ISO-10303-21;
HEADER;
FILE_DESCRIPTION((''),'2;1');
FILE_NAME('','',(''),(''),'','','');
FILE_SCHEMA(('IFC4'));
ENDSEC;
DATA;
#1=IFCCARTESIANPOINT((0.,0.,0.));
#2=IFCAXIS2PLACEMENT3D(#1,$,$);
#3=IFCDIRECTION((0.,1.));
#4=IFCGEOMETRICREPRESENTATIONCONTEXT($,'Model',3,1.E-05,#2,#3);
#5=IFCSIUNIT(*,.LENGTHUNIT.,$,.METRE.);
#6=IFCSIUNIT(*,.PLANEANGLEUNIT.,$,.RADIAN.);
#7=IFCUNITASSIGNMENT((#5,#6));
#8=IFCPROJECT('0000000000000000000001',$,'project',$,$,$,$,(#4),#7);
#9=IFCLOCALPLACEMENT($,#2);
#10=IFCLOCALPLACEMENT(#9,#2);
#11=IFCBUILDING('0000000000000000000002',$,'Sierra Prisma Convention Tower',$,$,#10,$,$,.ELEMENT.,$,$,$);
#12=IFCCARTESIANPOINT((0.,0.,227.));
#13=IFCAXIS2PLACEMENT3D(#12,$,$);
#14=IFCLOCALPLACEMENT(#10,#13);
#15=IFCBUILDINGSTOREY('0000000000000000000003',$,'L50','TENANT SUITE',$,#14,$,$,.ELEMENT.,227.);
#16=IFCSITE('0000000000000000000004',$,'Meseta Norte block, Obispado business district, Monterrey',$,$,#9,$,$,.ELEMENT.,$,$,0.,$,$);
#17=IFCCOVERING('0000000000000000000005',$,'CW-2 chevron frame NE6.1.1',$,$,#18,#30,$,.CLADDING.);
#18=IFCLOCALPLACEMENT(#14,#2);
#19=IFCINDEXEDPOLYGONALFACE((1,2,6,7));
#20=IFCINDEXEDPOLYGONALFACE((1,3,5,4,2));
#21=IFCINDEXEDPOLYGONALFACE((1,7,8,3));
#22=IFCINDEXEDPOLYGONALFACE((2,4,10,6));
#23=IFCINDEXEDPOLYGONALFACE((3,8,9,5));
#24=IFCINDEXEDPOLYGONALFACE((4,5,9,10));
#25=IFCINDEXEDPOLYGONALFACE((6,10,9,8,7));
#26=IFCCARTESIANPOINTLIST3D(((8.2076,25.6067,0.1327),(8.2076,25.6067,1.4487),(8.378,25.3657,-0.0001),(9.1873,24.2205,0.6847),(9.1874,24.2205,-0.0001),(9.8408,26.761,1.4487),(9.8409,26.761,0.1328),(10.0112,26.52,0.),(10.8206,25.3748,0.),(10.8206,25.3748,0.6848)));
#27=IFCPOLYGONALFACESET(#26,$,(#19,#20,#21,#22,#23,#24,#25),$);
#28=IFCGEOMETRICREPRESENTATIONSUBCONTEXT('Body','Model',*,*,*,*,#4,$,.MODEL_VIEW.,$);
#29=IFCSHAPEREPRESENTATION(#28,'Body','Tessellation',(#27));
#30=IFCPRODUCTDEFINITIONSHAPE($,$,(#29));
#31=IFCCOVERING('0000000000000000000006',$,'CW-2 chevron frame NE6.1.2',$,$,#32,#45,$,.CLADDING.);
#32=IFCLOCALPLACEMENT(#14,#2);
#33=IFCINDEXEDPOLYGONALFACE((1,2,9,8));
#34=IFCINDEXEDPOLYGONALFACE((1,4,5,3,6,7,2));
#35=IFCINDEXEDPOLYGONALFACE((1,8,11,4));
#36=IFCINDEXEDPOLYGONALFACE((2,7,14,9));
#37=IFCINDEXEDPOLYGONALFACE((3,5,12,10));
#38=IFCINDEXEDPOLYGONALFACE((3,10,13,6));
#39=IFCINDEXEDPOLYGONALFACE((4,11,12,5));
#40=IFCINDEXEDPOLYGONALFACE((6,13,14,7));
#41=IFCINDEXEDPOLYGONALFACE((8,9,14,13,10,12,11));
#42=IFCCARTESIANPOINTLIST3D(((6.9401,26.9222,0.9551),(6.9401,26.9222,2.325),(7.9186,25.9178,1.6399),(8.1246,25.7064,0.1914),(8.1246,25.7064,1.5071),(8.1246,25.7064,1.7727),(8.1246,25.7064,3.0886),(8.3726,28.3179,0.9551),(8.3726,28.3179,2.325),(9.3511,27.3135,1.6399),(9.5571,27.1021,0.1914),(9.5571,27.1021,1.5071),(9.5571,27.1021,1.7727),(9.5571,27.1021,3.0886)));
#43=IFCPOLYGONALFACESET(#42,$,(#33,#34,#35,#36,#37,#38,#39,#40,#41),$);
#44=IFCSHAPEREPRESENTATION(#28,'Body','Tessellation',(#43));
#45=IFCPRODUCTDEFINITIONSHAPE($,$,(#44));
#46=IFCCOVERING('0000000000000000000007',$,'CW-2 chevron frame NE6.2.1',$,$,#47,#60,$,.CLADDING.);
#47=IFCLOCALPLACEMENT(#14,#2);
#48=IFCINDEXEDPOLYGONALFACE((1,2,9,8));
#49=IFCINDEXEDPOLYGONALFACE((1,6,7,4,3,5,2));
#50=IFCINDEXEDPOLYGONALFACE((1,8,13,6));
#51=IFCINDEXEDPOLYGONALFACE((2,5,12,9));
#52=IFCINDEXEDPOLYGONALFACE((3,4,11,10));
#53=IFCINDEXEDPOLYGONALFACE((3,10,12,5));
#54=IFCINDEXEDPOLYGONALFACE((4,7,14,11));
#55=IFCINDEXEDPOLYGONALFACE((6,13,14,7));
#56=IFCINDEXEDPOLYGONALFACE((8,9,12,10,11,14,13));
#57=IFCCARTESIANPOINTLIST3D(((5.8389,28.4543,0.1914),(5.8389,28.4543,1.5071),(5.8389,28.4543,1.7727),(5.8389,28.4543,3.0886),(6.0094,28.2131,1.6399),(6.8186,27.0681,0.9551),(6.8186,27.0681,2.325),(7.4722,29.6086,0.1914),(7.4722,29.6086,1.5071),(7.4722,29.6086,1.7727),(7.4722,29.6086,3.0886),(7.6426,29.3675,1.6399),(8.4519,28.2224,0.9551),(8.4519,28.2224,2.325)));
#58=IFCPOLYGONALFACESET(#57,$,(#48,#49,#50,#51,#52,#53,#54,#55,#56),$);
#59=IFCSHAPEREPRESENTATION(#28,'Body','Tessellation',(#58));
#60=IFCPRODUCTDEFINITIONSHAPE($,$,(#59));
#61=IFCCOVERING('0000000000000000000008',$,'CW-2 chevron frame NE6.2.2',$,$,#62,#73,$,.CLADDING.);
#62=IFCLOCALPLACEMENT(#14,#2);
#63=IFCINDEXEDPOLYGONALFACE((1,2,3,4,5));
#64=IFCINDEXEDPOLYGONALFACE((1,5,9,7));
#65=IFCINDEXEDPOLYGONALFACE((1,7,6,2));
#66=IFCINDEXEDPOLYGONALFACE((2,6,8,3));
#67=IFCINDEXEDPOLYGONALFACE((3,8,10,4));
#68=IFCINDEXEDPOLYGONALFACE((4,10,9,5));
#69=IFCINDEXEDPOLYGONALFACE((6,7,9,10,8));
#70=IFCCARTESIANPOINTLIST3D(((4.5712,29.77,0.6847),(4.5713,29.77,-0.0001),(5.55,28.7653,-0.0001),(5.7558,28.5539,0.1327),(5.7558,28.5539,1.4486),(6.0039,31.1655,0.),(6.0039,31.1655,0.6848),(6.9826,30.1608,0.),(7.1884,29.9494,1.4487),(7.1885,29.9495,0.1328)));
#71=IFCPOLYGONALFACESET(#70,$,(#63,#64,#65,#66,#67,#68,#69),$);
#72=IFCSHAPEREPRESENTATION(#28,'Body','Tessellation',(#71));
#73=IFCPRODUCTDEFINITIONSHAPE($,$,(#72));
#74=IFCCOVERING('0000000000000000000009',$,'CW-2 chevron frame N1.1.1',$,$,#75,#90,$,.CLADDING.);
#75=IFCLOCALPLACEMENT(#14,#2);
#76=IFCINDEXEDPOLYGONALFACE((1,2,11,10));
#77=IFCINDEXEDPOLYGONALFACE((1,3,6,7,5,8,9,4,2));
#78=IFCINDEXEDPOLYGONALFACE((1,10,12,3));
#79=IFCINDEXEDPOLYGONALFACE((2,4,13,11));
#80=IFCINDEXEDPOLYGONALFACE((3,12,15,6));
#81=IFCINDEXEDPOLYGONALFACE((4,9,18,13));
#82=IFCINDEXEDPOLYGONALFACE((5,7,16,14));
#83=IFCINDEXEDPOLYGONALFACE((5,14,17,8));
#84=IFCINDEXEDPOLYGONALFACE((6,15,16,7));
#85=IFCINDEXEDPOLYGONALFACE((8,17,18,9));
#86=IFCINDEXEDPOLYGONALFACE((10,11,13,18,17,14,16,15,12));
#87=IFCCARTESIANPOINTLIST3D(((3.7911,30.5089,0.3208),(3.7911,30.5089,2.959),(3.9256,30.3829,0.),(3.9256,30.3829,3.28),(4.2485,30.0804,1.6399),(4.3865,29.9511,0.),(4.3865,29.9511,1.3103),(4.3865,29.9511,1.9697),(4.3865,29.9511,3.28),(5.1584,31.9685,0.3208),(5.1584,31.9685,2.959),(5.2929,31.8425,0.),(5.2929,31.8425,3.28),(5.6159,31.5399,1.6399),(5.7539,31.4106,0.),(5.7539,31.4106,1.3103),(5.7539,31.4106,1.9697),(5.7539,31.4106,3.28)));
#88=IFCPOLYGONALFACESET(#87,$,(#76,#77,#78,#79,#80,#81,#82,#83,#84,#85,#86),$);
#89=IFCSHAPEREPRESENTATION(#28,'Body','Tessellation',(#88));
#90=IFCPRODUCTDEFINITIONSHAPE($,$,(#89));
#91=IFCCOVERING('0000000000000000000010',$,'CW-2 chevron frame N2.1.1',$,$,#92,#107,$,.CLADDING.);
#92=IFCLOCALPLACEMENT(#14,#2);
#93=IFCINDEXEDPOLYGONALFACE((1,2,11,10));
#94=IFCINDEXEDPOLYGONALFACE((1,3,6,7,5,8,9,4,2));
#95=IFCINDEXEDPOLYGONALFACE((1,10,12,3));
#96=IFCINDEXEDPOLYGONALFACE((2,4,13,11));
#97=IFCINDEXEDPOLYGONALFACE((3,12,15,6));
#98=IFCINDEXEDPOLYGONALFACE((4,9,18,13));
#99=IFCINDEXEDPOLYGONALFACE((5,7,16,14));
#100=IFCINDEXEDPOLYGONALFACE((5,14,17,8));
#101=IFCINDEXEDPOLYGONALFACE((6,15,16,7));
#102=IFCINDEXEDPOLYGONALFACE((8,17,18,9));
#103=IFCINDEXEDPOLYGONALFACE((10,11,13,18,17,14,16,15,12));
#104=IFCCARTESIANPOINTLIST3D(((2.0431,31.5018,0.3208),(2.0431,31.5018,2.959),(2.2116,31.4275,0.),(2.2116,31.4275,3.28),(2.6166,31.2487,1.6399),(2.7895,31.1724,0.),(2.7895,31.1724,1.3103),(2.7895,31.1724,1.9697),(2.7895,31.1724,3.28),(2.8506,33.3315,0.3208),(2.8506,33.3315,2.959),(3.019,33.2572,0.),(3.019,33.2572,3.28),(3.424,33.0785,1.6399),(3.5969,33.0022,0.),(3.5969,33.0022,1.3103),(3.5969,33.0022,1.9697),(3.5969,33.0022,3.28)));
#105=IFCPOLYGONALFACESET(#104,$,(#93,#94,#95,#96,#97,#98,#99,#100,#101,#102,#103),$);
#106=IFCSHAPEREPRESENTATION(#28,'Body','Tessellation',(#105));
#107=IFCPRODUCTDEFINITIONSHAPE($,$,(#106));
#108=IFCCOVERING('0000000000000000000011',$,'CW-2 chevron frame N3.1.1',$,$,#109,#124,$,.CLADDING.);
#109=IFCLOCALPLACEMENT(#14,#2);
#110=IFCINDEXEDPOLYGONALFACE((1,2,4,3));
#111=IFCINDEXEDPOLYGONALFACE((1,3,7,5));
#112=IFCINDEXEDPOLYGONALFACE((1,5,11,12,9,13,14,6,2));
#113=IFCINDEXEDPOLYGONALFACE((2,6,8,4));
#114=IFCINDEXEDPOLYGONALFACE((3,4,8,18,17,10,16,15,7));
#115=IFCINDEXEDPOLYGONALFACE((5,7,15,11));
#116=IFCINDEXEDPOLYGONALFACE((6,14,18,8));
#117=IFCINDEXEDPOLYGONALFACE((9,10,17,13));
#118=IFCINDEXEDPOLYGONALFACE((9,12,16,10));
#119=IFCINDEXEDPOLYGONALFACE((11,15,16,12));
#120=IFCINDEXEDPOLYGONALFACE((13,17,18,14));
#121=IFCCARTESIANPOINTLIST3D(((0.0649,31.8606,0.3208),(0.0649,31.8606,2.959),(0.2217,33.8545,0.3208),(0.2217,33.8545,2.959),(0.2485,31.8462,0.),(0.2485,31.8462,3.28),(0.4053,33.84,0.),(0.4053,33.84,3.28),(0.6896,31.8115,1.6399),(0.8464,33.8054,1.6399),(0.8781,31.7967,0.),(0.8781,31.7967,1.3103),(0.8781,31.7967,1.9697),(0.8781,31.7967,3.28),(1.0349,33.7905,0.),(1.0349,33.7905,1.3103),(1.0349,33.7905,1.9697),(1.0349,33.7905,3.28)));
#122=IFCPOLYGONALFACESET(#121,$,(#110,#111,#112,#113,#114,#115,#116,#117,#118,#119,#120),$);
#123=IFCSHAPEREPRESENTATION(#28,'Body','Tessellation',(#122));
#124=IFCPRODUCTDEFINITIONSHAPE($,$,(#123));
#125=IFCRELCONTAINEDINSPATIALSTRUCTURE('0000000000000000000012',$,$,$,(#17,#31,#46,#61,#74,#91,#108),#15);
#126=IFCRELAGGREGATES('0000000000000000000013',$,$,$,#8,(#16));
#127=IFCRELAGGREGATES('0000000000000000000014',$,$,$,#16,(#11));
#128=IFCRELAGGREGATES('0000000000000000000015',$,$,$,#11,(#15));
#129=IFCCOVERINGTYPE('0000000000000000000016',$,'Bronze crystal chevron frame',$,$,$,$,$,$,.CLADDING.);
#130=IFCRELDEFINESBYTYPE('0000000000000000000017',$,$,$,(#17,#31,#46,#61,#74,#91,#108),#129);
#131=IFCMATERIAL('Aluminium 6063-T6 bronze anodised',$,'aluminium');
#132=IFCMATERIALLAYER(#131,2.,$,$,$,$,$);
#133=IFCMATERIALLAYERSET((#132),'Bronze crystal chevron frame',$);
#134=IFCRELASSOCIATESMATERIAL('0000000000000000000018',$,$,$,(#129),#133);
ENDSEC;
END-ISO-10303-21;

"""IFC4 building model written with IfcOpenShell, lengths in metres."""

from ifc_helpers import new_model, si_unit, direction, frame, origin, place, context, subcontext, project, spatial, polyline, outline, extrude, material, layer, layer_set, type_object, element, save


model = new_model("IFC4")

# Units and contexts
model_context = context("Model", 3, precision=1e-05, world=origin(), true_north=direction((0.0, 1.0)))
body_context = subcontext(model_context, "Body", "Model", "MODEL_VIEW")
ifc_project = project(units=[si_unit("LENGTHUNIT", "METRE"), si_unit("PLANEANGLEUNIT", "RADIAN")], contexts=[model_context])

# Site, building, storey
site_placement = place(None, origin())
site = spatial("IfcSite", under=ifc_project, at=site_placement, Name="Meseta Norte block, Obispado business district, Monterrey", CompositionType="ELEMENT", RefElevation=0.0)
building_placement = place(site_placement, origin())
building = spatial("IfcBuilding", under=site, at=building_placement, Name="Sierra Prisma Convention Tower", CompositionType="ELEMENT")
storey_placement = place(building_placement, frame((0.0, 0.0, 227.0)))
storey = spatial("IfcBuildingStorey", under=building, at=storey_placement, Name="L50", Description="TENANT SUITE", CompositionType="ELEMENT", Elevation=227.0)

# Coverings
ifc_material_1 = material(Name="Aluminium 6063-T6 bronze anodised", Category="aluminium")
ifc_layer_1 = layer(ifc_material_1, 2.0)
ifc_layer_set_1 = layer_set([ifc_layer_1], Name="Bronze crystal chevron frame")
covering_type = type_object("IfcCoveringType", Name="Bronze crystal chevron frame", PredefinedType="CLADDING", material=ifc_layer_set_1)
covering_1_placement = place(storey_placement, frame((10.0112, 26.52, 0.0), z_axis=(0.816631, 0.57716, 0.00004), x_axis=(-0.526337, 0.744692, 0.410369)))
element("IfcCovering", 1, at=covering_1_placement, inside=storey, type_object=covering_type, Name="CW-2 chevron frame NE6.1.1", PredefinedType="CLADDING", context=body_context, shape_type="SweptSolid", body=[
    extrude(outline(polyline([(0.0, 0.0), (0.3236, 0.0), (0.8637, 1.2), (-0.9978, 1.2), (-1.2788, 0.5755), (0.0, 0.0)])), origin(), (0.0, 0.0, -1.0), 2.0),
])
covering_2_placement = place(storey_placement, frame((9.5571, 27.1021, 1.5071), z_axis=(0.716253, 0.697841, 0.0), x_axis=(0.0, 0.0, -1.0)))
element("IfcCovering", 2, at=covering_2_placement, inside=storey, type_object=covering_type, Name="CW-2 chevron frame NE6.1.2", PredefinedType="CLADDING", context=body_context, shape_type="SweptSolid", body=[
    extrude(outline(polyline([(0.0, 0.0), (1.3157, 0.0), (0.552, 1.6975), (-0.8179, 1.6975), (-1.5815, 0.0), (-0.2656, 0.0), (-0.1328, 0.2952), (0.0, 0.0)])), origin(), (0.0, 0.0, -1.0), 2.0),
])
covering_3_placement = place(storey_placement, frame((8.4519, 28.2224, 0.9551), z_axis=(0.816628, 0.577165, 0.0), x_axis=(-0.526353, 0.744734, -0.410273)))
element("IfcCovering", 3, at=covering_3_placement, inside=storey, type_object=covering_type, Name="CW-2 chevron frame NE6.2.1", PredefinedType="CLADDING", context=body_context, shape_type="SweptSolid", body=[
    extrude(outline(polyline([(0.0, 0.0), (1.8614, 0.0), (1.3216, 1.1998), (0.9978, 1.1998), (1.2126, 1.4421), (0.6727, 2.6422), (-0.562, 1.2493), (0.0, 0.0)])), origin(), (0.0, 0.0, -1.0), 2.0),
])
covering_4_placement = place(storey_placement, frame((7.1885, 29.9495, 0.1328), z_axis=(0.716319, 0.697773, 0.000047), x_axis=(-0.63627, 0.65321, -0.410459)))
element("IfcCovering", 4, at=covering_4_placement, inside=storey, type_object=covering_type, Name="CW-2 chevron frame NE6.2.2", PredefinedType="CLADDING", context=body_context, shape_type="SweptSolid", body=[
    extrude(outline(polyline([(0.0, 0.0), (0.3236, 0.0), (1.6026, 0.5757), (1.3215, 1.2002), (-0.5401, 1.2), (0.0, 0.0)])), origin(), (0.0, 0.0, -1.0), 2.0),
])
covering_5_placement = place(storey_placement, frame((5.7539, 31.4106, 0.0), z_axis=(0.683684, 0.729778, 0.0), x_axis=(-0.729778, 0.683684, 0.0)))
element("IfcCovering", 5, at=covering_5_placement, inside=storey, type_object=covering_type, Name="CW-2 chevron frame N1.1.1", PredefinedType="CLADDING", context=body_context, shape_type="SweptSolid", body=[
    extrude(outline(polyline([(0.0, 0.0), (0.6317, 0.0), (0.816, 0.3208), (0.816, 2.959), (0.6317, 3.28), (0.0, 3.28), (0.0, 1.9697), (0.1891, 1.6399), (0.0, 1.3103), (0.0, 0.0)])), origin(), (0.0, 0.0, -1.0), 2.0),
])
covering_6_placement = place(storey_placement, frame((3.5969, 33.0022, 0.0), z_axis=(0.403719, 0.914883, 0.0), x_axis=(-0.914883, 0.403719, 0.0)))
element("IfcCovering", 6, at=covering_6_placement, inside=storey, type_object=covering_type, Name="CW-2 chevron frame N2.1.1", PredefinedType="CLADDING", context=body_context, shape_type="SweptSolid", body=[
    extrude(outline(polyline([(0.0, 0.0), (0.6317, 0.0), (0.8158, 0.3208), (0.8158, 2.959), (0.6317, 3.28), (0.0, 3.28), (0.0, 1.9697), (0.189, 1.6399), (0.0, 1.3103), (0.0, 0.0)])), origin(), (0.0, 0.0, -1.0), 2.0),
])
covering_7_placement = place(storey_placement, frame((1.0349, 33.7905, 0.0), z_axis=(0.078409, 0.996921, 0.0), x_axis=(-0.996921, 0.078409, 0.0)))
element("IfcCovering", 7, at=covering_7_placement, inside=storey, type_object=covering_type, Name="CW-2 chevron frame N3.1.1", PredefinedType="CLADDING", context=body_context, shape_type="SweptSolid", body=[
    extrude(outline(polyline([(0.0, 0.0), (0.6316, 0.0), (0.8157, 0.3208), (0.8157, 2.959), (0.6316, 3.28), (0.0, 3.28), (0.0, 1.9697), (0.1891, 1.6399), (0.0, 1.3103), (0.0, 0.0)])), origin(), (0.0, 0.0, -1.0), 2.0),
])

save(model, "model.ifc")
